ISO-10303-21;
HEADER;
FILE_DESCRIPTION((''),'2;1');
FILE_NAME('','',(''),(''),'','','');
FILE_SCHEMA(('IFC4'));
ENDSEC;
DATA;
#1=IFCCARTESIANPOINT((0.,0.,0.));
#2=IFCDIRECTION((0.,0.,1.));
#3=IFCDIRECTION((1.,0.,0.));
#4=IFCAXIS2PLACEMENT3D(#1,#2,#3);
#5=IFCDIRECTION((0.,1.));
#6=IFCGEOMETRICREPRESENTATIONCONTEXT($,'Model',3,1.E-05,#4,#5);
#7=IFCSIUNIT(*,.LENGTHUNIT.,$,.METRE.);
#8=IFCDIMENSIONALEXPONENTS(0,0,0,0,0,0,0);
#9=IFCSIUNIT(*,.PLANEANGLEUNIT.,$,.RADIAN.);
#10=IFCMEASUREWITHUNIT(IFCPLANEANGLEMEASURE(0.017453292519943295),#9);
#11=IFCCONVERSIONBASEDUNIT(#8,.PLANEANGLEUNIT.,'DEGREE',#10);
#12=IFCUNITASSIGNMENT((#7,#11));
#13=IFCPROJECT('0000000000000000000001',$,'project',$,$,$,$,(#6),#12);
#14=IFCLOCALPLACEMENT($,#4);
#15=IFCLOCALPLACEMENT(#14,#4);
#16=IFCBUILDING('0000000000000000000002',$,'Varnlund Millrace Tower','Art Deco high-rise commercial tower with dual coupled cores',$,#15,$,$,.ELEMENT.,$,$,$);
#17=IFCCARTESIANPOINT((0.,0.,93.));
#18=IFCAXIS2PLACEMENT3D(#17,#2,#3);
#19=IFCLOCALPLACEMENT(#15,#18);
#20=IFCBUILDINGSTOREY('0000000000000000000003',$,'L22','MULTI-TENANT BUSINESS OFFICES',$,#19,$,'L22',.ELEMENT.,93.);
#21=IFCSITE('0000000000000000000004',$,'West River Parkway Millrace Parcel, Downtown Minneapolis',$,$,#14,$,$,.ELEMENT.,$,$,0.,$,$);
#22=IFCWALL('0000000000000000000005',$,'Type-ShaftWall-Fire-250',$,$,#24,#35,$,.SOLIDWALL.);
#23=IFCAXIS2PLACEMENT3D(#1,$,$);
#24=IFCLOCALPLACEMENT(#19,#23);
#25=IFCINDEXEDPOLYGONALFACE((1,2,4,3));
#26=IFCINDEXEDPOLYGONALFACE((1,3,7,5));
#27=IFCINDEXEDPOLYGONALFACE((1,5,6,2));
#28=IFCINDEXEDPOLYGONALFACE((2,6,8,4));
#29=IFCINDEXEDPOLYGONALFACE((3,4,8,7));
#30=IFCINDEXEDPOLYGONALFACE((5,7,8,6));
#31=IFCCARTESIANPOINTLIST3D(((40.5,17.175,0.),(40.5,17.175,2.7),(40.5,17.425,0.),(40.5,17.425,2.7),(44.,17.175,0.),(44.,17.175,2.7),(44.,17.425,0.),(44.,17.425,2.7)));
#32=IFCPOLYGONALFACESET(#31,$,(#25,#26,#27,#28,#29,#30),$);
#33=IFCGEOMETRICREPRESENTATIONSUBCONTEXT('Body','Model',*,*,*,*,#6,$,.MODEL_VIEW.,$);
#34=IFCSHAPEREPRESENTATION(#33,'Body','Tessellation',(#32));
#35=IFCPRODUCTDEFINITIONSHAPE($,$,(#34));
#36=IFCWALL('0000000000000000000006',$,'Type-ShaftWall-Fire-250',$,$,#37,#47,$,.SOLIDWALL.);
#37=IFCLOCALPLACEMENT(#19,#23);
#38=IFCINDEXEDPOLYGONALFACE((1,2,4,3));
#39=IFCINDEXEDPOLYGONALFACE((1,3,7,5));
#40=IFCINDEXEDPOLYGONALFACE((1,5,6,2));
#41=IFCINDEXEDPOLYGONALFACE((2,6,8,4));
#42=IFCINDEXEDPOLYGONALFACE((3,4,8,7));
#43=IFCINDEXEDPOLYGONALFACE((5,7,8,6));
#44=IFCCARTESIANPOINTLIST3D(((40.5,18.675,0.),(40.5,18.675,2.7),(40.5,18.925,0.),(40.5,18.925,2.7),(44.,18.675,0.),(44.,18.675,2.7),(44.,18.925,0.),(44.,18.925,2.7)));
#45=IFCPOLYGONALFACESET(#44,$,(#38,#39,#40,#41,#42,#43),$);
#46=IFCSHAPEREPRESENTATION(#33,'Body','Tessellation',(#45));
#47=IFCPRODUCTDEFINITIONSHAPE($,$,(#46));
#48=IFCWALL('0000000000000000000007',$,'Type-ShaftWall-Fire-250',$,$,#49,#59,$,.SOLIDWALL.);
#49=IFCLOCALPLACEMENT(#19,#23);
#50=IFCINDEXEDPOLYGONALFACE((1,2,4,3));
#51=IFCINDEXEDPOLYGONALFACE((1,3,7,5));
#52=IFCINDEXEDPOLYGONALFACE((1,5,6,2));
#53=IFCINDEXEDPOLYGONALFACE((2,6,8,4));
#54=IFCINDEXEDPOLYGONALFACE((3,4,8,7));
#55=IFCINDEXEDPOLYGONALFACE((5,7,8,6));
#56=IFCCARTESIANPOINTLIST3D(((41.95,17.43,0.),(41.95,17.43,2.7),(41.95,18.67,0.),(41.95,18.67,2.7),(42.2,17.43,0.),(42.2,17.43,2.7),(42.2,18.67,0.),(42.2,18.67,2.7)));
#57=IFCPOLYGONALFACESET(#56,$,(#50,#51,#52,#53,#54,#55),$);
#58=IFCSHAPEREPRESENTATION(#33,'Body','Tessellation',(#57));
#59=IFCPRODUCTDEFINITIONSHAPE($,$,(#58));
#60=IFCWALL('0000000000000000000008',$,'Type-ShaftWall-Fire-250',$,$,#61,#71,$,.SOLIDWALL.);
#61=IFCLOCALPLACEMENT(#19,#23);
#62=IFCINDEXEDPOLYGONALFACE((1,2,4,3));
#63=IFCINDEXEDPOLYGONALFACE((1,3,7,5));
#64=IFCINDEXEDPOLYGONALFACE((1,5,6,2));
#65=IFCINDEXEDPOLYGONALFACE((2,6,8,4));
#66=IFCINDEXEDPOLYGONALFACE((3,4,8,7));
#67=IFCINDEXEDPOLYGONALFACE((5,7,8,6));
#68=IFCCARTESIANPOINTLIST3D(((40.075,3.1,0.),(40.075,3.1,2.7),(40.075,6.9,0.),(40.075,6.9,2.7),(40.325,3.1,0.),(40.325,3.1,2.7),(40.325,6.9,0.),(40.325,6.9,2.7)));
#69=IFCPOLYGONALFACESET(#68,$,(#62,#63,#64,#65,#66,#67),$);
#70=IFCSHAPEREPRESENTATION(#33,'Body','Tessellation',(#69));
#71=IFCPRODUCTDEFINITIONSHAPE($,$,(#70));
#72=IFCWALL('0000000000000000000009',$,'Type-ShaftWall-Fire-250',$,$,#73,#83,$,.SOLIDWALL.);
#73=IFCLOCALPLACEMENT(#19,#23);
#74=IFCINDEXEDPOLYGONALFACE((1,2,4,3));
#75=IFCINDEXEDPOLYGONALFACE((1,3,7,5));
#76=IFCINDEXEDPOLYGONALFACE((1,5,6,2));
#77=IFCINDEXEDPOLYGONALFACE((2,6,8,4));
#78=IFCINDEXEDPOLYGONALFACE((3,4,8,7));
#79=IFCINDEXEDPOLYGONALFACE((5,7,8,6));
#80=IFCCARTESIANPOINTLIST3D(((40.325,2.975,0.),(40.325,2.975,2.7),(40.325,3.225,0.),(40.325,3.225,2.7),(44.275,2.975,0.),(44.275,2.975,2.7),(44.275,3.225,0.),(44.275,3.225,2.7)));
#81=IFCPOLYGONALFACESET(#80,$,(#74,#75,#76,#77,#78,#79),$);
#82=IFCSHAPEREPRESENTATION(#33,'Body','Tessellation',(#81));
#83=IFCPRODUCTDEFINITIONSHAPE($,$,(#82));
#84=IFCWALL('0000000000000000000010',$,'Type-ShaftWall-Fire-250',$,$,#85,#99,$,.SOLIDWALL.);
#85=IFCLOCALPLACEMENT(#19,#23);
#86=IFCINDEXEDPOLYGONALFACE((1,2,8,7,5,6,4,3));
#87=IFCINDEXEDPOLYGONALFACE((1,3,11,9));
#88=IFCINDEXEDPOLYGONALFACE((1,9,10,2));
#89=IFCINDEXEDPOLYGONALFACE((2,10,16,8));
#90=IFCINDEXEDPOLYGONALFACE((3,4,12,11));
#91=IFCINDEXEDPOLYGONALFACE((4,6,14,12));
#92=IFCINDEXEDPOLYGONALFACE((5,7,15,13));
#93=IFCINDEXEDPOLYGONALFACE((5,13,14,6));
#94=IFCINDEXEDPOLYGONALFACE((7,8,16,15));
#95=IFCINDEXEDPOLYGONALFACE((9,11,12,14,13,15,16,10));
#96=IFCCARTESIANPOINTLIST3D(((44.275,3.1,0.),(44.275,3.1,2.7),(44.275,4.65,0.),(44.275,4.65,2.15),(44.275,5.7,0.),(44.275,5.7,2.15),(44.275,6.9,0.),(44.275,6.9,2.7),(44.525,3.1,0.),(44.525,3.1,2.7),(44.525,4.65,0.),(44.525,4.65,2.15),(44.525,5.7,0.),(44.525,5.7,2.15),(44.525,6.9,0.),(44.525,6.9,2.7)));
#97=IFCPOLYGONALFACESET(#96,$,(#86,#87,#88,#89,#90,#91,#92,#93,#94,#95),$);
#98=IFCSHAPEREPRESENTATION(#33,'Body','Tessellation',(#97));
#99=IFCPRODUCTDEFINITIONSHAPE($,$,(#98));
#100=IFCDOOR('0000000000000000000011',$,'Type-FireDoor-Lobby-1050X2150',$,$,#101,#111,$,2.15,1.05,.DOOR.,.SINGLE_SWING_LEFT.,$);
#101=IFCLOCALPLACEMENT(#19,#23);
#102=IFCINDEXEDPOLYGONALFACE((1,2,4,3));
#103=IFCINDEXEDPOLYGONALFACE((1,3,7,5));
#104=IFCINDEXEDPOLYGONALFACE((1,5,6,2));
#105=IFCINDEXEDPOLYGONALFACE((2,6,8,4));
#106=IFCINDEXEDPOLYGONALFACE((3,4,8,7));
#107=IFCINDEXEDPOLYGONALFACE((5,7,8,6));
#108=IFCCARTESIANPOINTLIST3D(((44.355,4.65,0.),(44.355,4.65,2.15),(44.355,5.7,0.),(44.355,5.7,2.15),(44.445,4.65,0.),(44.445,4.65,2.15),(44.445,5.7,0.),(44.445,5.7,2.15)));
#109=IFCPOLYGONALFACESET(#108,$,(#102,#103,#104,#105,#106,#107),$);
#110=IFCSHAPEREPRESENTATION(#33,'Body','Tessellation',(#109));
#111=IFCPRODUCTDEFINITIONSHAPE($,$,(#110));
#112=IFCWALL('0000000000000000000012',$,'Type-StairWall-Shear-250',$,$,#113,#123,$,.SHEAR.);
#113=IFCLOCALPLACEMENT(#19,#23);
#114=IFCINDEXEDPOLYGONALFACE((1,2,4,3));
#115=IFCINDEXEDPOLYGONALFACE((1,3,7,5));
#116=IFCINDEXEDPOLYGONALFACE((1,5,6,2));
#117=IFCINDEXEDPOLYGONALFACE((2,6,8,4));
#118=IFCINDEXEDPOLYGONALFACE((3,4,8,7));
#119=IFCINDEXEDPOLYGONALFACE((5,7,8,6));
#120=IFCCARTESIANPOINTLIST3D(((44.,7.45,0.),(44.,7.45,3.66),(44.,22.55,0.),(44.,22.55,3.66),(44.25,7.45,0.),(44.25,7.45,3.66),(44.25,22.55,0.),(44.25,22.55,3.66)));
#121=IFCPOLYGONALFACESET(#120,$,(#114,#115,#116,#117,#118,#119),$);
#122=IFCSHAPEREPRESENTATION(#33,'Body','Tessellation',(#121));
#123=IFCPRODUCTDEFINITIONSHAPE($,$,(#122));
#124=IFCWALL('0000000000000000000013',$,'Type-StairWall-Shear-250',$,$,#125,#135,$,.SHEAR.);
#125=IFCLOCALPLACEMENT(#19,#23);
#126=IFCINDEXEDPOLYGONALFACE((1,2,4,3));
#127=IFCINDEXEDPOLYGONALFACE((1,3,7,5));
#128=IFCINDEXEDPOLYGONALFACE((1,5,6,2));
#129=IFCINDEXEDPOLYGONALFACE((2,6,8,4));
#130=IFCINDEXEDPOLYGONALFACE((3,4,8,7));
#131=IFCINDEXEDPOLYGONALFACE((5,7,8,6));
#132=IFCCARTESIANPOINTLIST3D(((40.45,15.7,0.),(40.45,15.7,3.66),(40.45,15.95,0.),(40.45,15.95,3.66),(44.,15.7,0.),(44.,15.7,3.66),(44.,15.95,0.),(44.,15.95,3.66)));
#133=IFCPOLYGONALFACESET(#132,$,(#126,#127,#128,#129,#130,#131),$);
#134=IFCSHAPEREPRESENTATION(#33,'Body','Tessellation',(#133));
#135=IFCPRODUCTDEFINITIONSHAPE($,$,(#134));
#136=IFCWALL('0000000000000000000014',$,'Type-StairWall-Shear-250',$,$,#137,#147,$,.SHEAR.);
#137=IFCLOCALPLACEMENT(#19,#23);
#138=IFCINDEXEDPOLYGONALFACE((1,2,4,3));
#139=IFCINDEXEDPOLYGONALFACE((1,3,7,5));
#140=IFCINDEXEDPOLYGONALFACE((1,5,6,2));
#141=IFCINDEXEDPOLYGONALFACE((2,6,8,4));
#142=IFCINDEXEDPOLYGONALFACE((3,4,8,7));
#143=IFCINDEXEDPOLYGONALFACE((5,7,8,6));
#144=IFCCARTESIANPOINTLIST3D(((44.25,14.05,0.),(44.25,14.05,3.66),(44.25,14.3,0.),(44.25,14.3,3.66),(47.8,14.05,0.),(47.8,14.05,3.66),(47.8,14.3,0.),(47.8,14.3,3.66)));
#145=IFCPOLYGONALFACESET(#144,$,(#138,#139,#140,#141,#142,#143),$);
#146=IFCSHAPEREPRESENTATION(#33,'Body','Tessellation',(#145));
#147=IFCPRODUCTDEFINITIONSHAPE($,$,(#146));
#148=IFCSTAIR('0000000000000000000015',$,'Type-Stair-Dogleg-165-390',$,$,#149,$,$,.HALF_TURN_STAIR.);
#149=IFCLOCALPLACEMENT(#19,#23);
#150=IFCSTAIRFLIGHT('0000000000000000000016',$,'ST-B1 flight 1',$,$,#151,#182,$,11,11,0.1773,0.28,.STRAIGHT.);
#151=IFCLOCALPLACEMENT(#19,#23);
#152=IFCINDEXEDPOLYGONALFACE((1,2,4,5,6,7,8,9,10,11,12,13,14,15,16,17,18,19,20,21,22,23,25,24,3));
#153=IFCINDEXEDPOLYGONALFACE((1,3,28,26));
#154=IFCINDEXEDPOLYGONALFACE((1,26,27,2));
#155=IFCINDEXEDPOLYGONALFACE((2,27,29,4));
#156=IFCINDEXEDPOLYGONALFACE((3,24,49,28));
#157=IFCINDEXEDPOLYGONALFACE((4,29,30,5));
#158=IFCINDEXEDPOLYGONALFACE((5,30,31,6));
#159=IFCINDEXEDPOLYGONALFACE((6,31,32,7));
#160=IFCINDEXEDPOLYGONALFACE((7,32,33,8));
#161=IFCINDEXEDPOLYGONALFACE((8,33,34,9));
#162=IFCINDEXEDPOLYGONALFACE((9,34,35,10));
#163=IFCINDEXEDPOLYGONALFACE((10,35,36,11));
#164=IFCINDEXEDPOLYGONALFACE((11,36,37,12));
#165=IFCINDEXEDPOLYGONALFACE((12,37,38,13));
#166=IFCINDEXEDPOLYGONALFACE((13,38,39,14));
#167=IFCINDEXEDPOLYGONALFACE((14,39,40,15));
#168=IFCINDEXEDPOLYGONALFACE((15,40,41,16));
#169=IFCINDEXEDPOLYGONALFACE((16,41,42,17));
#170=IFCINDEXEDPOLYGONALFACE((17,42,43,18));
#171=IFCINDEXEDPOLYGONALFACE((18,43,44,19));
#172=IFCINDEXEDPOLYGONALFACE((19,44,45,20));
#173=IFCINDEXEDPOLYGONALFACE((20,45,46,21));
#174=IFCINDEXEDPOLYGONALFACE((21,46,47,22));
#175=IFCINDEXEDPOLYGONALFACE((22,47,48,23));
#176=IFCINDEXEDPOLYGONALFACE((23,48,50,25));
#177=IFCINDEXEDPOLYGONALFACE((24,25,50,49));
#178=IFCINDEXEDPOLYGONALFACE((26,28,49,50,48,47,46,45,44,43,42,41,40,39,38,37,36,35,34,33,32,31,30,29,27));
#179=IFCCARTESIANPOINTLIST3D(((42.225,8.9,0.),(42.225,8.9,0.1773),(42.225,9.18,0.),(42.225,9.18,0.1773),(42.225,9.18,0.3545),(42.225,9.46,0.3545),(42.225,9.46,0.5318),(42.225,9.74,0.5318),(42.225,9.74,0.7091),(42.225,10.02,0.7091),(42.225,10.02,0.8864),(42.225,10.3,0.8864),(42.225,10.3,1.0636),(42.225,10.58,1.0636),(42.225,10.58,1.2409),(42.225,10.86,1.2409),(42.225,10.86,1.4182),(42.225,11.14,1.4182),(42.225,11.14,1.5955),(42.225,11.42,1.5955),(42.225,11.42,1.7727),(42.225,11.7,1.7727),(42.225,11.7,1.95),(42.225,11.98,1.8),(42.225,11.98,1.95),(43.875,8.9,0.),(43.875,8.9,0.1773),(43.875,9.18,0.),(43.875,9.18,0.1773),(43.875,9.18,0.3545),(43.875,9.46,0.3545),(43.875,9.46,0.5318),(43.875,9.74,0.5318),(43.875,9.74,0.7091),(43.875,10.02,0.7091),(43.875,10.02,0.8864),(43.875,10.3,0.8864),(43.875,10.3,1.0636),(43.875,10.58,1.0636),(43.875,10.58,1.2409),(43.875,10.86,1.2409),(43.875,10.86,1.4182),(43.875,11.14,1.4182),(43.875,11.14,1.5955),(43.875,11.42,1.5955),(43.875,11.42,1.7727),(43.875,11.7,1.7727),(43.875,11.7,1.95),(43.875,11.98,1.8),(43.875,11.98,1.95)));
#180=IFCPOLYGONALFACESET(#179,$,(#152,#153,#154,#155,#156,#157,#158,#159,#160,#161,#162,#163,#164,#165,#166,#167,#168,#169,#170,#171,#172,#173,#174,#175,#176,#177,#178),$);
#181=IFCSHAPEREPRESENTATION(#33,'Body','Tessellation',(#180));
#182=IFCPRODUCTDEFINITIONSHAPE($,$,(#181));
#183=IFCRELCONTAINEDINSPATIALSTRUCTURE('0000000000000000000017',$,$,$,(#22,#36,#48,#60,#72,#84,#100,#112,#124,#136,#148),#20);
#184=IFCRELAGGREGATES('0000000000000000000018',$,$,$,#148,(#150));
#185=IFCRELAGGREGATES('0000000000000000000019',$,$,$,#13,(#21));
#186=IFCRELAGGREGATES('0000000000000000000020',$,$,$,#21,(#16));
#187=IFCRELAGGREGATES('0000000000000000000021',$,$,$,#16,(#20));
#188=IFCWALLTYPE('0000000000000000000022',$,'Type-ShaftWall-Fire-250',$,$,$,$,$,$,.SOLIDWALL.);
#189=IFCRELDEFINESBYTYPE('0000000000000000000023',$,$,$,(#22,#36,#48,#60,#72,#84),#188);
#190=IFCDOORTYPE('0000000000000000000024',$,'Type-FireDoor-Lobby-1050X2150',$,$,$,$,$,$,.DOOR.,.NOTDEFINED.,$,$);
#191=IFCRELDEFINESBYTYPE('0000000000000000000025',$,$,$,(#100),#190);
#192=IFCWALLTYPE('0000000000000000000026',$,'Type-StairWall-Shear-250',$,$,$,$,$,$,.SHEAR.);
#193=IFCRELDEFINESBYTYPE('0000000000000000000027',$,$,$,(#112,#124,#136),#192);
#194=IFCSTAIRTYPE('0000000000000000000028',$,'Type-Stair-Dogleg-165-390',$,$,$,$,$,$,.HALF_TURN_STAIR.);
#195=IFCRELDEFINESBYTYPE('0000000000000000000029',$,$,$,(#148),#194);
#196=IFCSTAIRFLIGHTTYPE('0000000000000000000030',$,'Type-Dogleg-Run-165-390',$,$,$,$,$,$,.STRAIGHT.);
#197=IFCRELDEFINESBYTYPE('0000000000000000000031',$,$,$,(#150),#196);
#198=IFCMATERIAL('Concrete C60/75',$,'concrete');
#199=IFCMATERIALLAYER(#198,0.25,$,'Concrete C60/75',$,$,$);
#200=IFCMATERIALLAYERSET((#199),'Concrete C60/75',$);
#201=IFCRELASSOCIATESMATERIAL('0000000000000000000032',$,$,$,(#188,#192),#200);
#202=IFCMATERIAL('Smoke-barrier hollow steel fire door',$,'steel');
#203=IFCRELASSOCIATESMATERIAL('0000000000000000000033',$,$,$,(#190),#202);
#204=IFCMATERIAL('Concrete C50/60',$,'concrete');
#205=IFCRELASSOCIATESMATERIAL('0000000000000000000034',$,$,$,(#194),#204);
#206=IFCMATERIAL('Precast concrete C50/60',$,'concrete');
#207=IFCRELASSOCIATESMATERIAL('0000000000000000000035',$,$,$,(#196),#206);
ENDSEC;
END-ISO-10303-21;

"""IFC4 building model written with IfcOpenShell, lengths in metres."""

from ifc_helpers import new_model, entity, si_unit, converted_unit, direction, frame, origin_with_axes, origin_2d_with_axis, place, context, subcontext, project, spatial, polyline, rectangle, outline, extrude, material, layer, layer_set, type_object, element, fill, aggregate, save


model = new_model("IFC4")

# Units and contexts
model_context = context("Model", 3, precision=1e-05, world=origin_with_axes(), true_north=direction((0.0, 1.0)))
body_context = subcontext(model_context, "Body", "Model", "MODEL_VIEW")
ifc_project = project(units=[si_unit("LENGTHUNIT", "METRE"), converted_unit("PLANEANGLEUNIT", "DEGREE", entity("IfcPlaneAngleMeasure", 0.017453292519943295), si_unit("PLANEANGLEUNIT", "RADIAN"), dimensions=[0, 0, 0, 0, 0, 0, 0])], contexts=[model_context])

# Site, building, storey
site_placement = place(None, origin_with_axes())
site = spatial("IfcSite", under=ifc_project, at=site_placement, Name="West River Parkway Millrace Parcel, Downtown Minneapolis", CompositionType="ELEMENT", RefElevation=0.0)
building_placement = place(site_placement, origin_with_axes())
building = spatial("IfcBuilding", under=site, at=building_placement, Name="Varnlund Millrace Tower", Description="Art Deco high-rise commercial tower with dual coupled cores", CompositionType="ELEMENT")
storey_placement = place(building_placement, frame((0.0, 0.0, 93.0), z_axis=(0.0, 0.0, 1.0), x_axis=(1.0, 0.0, 0.0)))
storey = spatial("IfcBuildingStorey", under=building, at=storey_placement, Name="L22", Description="MULTI-TENANT BUSINESS OFFICES", LongName="L22", CompositionType="ELEMENT", Elevation=93.0)

# Walls
ifc_material_1 = material(Name="Concrete C60/75", Category="concrete")
ifc_layer_1 = layer(ifc_material_1, 0.25, Name="Concrete C60/75")
ifc_layer_set_1 = layer_set([ifc_layer_1], Name="Concrete C60/75")
wall_type_1 = type_object("IfcWallType", Name="Type-ShaftWall-Fire-250", PredefinedType="SOLIDWALL", material=ifc_layer_set_1)
for number, where, z_axis, x_axis, name in (
    (1, (40.5, 17.3, 0.0), (0.0, 0.0, 1.0), (1.0, 0.0, 0.0), "Type-ShaftWall-Fire-250"),
    (2, (40.5, 18.8, 0.0), (0.0, 0.0, 1.0), (1.0, 0.0, 0.0), "Type-ShaftWall-Fire-250"),
):
    element("IfcWall", number, at=place(storey_placement, frame(where, z_axis=z_axis, x_axis=x_axis)), inside=storey, type_object=wall_type_1, Name=name, PredefinedType="SOLIDWALL", context=body_context, shape_type="SweptSolid", body=[
        extrude(outline(polyline([(0.0, -0.125), (3.5, -0.125), (3.5, 0.125), (0.0, 0.125), (0.0, -0.125)])), origin_with_axes(), (0.0, 0.0, 1.0), 2.7),
    ])
wall_1_placement = place(storey_placement, frame((42.075, 17.43, 0.0), z_axis=(0.0, 0.0, 1.0), x_axis=(0.0, 1.0, 0.0)))
element("IfcWall", 3, at=wall_1_placement, inside=storey, type_object=wall_type_1, Name="Type-ShaftWall-Fire-250", PredefinedType="SOLIDWALL", context=body_context, shape_type="SweptSolid", body=[
    extrude(outline(polyline([(0.0, -0.125), (1.24, -0.125), (1.24, 0.125), (0.0, 0.125), (0.0, -0.125)])), origin_with_axes(), (0.0, 0.0, 1.0), 2.7),
])
wall_2_placement = place(storey_placement, frame((40.2, 3.1, 0.0), z_axis=(0.0, 0.0, 1.0), x_axis=(0.0, 1.0, 0.0)))
element("IfcWall", 4, at=wall_2_placement, inside=storey, type_object=wall_type_1, Name="Type-ShaftWall-Fire-250", PredefinedType="SOLIDWALL", context=body_context, shape_type="SweptSolid", body=[
    extrude(outline(polyline([(0.0, -0.125), (3.8, -0.125), (3.8, 0.125), (0.0, 0.125), (0.0, -0.125)])), origin_with_axes(), (0.0, 0.0, 1.0), 2.7),
])
wall_3_placement = place(storey_placement, frame((40.325, 3.1, 0.0), z_axis=(0.0, 0.0, 1.0), x_axis=(1.0, 0.0, 0.0)))
element("IfcWall", 5, at=wall_3_placement, inside=storey, type_object=wall_type_1, Name="Type-ShaftWall-Fire-250", PredefinedType="SOLIDWALL", context=body_context, shape_type="SweptSolid", body=[
    extrude(outline(polyline([(0.0, -0.125), (3.95, -0.125), (3.95, 0.125), (0.0, 0.125), (0.0, -0.125)])), origin_with_axes(), (0.0, 0.0, 1.0), 2.7),
])

# Wall, opening, door
wall_4_placement = place(storey_placement, frame((44.4, 3.1, 0.0), z_axis=(0.0, 0.0, 1.0), x_axis=(0.0, 1.0, 0.0)))
wall_4 = element("IfcWall", 6, at=wall_4_placement, inside=storey, type_object=wall_type_1, Name="Type-ShaftWall-Fire-250", PredefinedType="SOLIDWALL", context=body_context, shape_type="SweptSolid", body=[
    extrude(outline(polyline([(0.0, -0.125), (3.8, -0.125), (3.8, 0.125), (0.0, 0.125), (0.0, -0.125)])), origin_with_axes(), (0.0, 0.0, 1.0), 2.7),
])
opening_1_placement = place(wall_4_placement, frame((2.075, 0.0, 0.0), z_axis=(0.0, 0.0, 1.0), x_axis=(1.0, 0.0, 0.0)))
opening_1 = element("IfcOpeningElement", 7, at=opening_1_placement, cuts=wall_4, PredefinedType="OPENING", context=body_context, shape_type="SweptSolid", body=[
    extrude(rectangle(XDim=1.05, YDim=0.27, at=origin_2d_with_axis()), origin_with_axes(), (0.0, 0.0, 1.0), 2.15),
])
ifc_material_2 = material(Name="Smoke-barrier hollow steel fire door", Category="steel")
door_type_1 = type_object("IfcDoorType", Name="Type-FireDoor-Lobby-1050X2150", OperationType="NOTDEFINED", PredefinedType="DOOR", material=ifc_material_2)
door_1_placement = place(wall_4_placement, frame((2.075, 0.0, 0.0), z_axis=(0.0, 0.0, 1.0), x_axis=(1.0, 0.0, 0.0)))
door_1 = element("IfcDoor", 8, at=door_1_placement, inside=storey, type_object=door_type_1, Name="Type-FireDoor-Lobby-1050X2150", OperationType="SINGLE_SWING_LEFT", OverallHeight=2.15, OverallWidth=1.05, PredefinedType="DOOR", context=body_context, shape_type="SweptSolid", body=[
    extrude(rectangle(XDim=1.05, YDim=0.09, at=origin_2d_with_axis()), origin_with_axes(), (0.0, 0.0, 1.0), 2.15),
])
fill(opening_1, door_1)

# Walls
wall_type_2 = type_object("IfcWallType", Name="Type-StairWall-Shear-250", PredefinedType="SHEAR", material=ifc_layer_set_1)
wall_5_placement = place(storey_placement, frame((44.125, 7.45, 0.0), z_axis=(0.0, 0.0, 1.0), x_axis=(0.0, 1.0, 0.0)))
element("IfcWall", 9, at=wall_5_placement, inside=storey, type_object=wall_type_2, Name="Type-StairWall-Shear-250", PredefinedType="SHEAR", context=body_context, shape_type="SweptSolid", body=[
    extrude(outline(polyline([(0.0, -0.125), (15.1, -0.125), (15.1, 0.125), (0.0, 0.125), (0.0, -0.125)])), origin_with_axes(), (0.0, 0.0, 1.0), 3.66),
])
for number, where, z_axis, x_axis, name in (
    (10, (40.45, 15.825, 0.0), (0.0, 0.0, 1.0), (1.0, 0.0, 0.0), "Type-StairWall-Shear-250"),
    (11, (44.25, 14.175, 0.0), (0.0, 0.0, 1.0), (1.0, 0.0, 0.0), "Type-StairWall-Shear-250"),
):
    element("IfcWall", number, at=place(storey_placement, frame(where, z_axis=z_axis, x_axis=x_axis)), inside=storey, type_object=wall_type_2, Name=name, PredefinedType="SHEAR", context=body_context, shape_type="SweptSolid", body=[
        extrude(outline(polyline([(0.0, -0.125), (3.55, -0.125), (3.55, 0.125), (0.0, 0.125), (0.0, -0.125)])), origin_with_axes(), (0.0, 0.0, 1.0), 3.66),
    ])

# Stair, stair flight
ifc_material_3 = material(Name="Concrete C50/60", Category="concrete")
stair_type = type_object("IfcStairType", Name="Type-Stair-Dogleg-165-390", PredefinedType="HALF_TURN_STAIR", material=ifc_material_3)
stair_1_placement = place(storey_placement, origin_with_axes())
stair_1 = element("IfcStair", 12, at=stair_1_placement, inside=storey, type_object=stair_type, Name="Type-Stair-Dogleg-165-390", PredefinedType="HALF_TURN_STAIR")
ifc_material_4 = material(Name="Precast concrete C50/60", Category="concrete")
stair_flight_type = type_object("IfcStairFlightType", Name="Type-Dogleg-Run-165-390", PredefinedType="STRAIGHT", material=ifc_material_4)
stair_flight_1_placement = place(storey_placement, frame((42.225, 8.9, 0.0), z_axis=(1.0, 0.0, 0.0), x_axis=(0.0, 1.0, 0.0)))
stair_flight_1 = element("IfcStairFlight", 13, at=stair_flight_1_placement, type_object=stair_flight_type, Name="ST-B1 flight 1", NumberOfRisers=11, NumberOfTreads=11, PredefinedType="STRAIGHT", RiserHeight=0.1773, TreadLength=0.28, context=body_context, shape_type="SweptSolid", body=[
    extrude(outline(polyline([(0.0, 0.0), (0.0, 0.1773), (0.28, 0.1773), (0.28, 0.3545), (0.56, 0.3545), (0.56, 0.5318), (0.84, 0.5318), (0.84, 0.7091), (1.12, 0.7091), (1.12, 0.8864), (1.4, 0.8864), (1.4, 1.0636), (1.68, 1.0636), (1.68, 1.2409), (1.96, 1.2409), (1.96, 1.4182), (2.24, 1.4182), (2.24, 1.5955), (2.52, 1.5955), (2.52, 1.7727), (2.8, 1.7727), (2.8, 1.95), (3.08, 1.95), (3.08, 1.8), (0.28, 0.0), (0.0, 0.0)])), origin_with_axes(), (0.0, 0.0, 1.0), 1.65),
])
aggregate(stair_1, [stair_flight_1])

save(model, "model.ifc")
